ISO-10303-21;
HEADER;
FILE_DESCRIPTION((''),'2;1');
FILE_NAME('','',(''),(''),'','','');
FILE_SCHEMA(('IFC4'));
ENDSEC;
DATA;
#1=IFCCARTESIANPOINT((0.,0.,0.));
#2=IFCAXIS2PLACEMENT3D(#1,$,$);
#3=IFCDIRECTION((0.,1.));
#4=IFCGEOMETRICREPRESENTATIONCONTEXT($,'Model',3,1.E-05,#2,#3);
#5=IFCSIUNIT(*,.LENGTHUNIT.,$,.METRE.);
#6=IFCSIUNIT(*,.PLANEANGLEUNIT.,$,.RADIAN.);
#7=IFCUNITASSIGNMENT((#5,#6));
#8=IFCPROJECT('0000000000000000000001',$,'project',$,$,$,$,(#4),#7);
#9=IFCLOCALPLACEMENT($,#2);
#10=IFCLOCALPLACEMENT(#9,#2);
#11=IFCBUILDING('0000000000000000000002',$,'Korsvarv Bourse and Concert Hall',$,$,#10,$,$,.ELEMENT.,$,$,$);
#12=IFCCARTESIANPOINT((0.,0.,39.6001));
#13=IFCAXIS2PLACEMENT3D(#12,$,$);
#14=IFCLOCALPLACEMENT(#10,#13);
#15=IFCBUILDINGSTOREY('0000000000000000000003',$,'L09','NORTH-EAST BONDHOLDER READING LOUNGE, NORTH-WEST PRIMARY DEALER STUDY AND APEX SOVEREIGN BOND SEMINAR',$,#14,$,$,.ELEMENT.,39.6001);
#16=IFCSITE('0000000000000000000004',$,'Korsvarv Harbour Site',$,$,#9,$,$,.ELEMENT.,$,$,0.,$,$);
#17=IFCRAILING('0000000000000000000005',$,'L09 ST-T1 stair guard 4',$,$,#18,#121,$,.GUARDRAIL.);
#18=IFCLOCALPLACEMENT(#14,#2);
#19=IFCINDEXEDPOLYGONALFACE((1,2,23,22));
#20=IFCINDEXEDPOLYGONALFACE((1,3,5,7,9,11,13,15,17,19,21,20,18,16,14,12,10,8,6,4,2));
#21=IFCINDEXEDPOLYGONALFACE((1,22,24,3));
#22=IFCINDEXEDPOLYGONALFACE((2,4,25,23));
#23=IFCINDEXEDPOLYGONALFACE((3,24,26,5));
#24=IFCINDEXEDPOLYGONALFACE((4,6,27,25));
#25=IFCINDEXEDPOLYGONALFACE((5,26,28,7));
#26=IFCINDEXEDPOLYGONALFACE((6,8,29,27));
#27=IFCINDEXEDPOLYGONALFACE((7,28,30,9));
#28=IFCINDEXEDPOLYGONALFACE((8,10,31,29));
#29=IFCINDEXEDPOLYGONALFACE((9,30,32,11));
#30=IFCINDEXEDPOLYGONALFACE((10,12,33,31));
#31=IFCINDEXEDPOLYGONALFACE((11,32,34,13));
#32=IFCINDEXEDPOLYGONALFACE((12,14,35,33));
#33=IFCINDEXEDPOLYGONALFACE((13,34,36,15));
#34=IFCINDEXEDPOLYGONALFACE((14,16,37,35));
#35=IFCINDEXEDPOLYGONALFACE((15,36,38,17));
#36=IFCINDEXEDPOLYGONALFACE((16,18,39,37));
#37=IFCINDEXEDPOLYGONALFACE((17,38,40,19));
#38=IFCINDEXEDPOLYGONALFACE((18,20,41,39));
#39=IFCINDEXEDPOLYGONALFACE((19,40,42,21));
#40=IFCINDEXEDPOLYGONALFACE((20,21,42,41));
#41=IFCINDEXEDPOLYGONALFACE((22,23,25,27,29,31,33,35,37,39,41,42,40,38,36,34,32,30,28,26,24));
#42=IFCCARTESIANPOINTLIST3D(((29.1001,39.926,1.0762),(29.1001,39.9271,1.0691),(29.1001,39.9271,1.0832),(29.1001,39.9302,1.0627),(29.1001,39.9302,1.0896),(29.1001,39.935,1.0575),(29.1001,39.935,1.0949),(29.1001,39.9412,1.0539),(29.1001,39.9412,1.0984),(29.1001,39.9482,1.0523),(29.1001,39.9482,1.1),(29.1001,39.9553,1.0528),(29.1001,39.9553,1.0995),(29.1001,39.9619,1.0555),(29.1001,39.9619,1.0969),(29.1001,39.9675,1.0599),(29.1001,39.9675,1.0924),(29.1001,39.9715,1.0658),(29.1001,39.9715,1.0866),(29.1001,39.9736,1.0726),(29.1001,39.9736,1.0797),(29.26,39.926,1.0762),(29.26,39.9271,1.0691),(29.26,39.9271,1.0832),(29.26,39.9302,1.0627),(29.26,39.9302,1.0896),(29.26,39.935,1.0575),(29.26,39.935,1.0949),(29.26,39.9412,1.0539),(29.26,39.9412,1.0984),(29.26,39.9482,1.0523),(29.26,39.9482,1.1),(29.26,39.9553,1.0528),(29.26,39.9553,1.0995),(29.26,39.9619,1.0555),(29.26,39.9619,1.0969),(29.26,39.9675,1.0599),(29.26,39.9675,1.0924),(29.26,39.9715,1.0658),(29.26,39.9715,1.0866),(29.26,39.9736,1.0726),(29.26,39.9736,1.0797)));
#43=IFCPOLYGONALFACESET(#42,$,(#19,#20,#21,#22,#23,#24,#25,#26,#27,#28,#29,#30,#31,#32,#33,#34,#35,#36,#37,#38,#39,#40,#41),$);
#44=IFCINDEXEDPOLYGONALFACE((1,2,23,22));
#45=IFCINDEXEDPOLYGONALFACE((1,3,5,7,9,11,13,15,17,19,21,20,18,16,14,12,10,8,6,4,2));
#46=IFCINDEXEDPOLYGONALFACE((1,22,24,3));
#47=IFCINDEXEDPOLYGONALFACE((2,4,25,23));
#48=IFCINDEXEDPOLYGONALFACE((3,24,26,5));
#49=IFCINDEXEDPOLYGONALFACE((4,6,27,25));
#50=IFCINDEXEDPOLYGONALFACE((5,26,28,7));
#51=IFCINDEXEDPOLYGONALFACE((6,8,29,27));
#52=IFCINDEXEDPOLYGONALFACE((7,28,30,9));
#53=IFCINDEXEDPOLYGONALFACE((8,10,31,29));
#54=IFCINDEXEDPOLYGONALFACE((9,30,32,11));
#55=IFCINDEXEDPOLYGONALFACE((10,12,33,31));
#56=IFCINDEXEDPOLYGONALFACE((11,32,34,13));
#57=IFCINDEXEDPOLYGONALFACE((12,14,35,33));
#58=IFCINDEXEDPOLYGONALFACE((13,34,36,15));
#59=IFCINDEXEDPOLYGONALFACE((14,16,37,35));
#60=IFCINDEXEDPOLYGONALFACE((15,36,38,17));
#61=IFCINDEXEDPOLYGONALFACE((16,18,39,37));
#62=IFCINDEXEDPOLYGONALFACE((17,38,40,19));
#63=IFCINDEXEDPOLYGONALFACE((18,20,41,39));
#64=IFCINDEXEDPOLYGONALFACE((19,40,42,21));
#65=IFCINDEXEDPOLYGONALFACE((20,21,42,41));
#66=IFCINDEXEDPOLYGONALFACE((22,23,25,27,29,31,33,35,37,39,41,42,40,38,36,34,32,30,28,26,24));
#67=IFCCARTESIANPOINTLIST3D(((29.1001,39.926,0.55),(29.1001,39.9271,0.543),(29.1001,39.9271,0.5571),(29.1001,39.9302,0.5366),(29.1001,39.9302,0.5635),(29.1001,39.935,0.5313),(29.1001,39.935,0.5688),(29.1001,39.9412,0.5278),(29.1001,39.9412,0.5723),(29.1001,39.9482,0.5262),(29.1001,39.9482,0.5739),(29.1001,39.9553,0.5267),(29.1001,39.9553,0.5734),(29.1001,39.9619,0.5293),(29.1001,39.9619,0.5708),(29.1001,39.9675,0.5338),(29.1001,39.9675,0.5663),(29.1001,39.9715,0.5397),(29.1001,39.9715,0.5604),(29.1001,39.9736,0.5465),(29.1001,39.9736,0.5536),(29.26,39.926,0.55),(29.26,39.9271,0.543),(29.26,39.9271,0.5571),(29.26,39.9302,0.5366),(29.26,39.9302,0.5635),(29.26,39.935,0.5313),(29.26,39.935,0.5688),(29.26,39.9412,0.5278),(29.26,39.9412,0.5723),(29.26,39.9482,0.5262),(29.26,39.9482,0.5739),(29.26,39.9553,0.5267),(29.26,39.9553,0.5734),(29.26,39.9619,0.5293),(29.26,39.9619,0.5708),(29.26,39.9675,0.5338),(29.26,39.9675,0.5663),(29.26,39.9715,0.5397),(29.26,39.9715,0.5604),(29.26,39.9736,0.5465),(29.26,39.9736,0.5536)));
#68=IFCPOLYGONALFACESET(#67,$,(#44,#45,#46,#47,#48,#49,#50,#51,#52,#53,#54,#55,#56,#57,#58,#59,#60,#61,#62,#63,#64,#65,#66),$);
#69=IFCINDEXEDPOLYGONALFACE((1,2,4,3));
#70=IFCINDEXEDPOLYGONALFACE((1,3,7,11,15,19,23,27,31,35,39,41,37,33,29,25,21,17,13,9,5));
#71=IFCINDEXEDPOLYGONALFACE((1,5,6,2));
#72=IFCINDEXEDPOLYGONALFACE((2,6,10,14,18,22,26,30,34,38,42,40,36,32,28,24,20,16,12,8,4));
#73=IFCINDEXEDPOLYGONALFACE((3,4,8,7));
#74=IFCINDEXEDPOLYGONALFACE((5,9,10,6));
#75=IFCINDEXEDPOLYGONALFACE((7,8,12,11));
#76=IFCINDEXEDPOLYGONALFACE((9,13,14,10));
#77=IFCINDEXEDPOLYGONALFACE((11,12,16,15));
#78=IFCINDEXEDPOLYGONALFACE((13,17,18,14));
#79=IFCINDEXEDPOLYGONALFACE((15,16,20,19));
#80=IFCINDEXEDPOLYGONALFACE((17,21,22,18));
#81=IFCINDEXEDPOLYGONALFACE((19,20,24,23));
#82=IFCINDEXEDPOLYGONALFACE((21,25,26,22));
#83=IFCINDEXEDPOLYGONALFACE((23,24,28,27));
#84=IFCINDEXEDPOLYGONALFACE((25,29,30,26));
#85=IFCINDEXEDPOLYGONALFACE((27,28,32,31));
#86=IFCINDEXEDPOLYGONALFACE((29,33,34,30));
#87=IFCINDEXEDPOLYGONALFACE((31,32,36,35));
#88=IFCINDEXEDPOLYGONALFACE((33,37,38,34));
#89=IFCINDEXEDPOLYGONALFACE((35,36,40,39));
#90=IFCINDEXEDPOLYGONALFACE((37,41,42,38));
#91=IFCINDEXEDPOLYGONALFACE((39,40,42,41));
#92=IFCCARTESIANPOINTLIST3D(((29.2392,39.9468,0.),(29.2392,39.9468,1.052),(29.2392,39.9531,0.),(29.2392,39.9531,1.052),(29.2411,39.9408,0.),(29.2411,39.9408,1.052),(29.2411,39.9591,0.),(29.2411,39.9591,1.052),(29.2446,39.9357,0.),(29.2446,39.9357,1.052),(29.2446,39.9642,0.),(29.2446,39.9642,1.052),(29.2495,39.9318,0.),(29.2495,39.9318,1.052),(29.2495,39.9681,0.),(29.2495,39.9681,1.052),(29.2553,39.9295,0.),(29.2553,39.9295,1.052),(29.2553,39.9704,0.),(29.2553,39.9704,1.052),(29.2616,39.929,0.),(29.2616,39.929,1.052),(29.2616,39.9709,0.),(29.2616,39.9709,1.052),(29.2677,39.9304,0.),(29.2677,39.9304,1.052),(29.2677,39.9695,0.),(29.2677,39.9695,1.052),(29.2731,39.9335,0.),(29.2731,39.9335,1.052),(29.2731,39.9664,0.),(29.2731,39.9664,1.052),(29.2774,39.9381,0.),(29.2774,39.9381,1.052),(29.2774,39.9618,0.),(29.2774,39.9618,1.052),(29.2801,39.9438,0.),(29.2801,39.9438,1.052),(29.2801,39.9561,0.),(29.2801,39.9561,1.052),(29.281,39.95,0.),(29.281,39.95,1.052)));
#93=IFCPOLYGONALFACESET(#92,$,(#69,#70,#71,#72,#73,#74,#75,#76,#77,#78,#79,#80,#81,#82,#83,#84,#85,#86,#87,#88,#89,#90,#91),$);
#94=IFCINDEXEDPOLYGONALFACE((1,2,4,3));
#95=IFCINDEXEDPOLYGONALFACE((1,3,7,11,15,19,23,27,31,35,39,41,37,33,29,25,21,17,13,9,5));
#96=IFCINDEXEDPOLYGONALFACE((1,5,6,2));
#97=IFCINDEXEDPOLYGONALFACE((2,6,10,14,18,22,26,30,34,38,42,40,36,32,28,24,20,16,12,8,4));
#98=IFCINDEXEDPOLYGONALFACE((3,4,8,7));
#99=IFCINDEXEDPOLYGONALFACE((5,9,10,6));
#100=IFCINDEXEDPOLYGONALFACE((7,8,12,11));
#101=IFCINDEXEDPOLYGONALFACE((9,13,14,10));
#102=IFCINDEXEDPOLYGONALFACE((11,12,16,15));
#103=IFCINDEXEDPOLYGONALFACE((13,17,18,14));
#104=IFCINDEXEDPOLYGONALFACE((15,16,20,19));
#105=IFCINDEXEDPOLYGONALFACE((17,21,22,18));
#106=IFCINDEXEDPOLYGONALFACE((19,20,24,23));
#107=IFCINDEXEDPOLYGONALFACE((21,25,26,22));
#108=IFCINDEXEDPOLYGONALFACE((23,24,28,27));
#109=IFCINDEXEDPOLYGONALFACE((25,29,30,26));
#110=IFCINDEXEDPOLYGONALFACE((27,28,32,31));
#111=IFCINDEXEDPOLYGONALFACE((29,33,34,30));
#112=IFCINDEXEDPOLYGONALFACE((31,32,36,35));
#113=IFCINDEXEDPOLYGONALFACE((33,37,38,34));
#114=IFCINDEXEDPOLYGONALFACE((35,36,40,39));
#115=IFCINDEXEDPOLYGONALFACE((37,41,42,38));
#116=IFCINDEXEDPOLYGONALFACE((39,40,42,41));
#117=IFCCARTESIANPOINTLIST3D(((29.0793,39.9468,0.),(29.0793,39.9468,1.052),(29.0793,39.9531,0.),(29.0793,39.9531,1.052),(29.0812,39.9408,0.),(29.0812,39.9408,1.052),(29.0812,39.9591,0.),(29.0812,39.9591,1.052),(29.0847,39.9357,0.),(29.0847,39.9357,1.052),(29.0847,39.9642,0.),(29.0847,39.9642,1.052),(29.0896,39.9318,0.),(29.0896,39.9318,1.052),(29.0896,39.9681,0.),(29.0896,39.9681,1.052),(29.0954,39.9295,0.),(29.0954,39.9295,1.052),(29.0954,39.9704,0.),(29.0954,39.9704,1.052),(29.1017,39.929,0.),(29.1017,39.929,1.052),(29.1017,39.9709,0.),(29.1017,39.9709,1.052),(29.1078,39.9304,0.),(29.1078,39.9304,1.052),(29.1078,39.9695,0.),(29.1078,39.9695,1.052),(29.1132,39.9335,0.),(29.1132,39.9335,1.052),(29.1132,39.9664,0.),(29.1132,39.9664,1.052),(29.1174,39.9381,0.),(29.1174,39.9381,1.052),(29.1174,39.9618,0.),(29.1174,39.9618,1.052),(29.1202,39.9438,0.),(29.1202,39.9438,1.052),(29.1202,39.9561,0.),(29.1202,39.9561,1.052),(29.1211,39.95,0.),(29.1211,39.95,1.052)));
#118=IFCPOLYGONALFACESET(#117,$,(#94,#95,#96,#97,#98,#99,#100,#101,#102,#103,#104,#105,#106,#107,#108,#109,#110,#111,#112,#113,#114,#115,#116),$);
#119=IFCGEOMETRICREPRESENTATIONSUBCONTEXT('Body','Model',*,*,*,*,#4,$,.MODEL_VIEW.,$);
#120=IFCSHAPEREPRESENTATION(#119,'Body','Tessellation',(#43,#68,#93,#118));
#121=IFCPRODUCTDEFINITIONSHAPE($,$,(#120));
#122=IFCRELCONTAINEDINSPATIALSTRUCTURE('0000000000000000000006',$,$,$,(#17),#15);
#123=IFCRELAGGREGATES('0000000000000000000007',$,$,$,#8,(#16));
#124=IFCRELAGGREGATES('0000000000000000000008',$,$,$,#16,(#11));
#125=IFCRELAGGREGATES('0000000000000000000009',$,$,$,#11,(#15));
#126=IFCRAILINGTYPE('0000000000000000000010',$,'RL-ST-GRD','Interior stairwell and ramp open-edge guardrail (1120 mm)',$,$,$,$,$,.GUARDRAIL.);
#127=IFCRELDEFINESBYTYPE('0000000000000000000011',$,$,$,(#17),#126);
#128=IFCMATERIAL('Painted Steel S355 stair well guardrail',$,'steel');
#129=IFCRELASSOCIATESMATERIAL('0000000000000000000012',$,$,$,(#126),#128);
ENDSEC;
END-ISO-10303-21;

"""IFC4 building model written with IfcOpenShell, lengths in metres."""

from ifc_helpers import new_model, si_unit, direction, frame, origin, origin_2d, place, context, subcontext, project, spatial, circle, extrude, material, type_object, element, save


model = new_model("IFC4")

# Units and contexts
model_context = context("Model", 3, precision=1e-05, world=origin(), true_north=direction((0.0, 1.0)))
body_context = subcontext(model_context, "Body", "Model", "MODEL_VIEW")
ifc_project = project(units=[si_unit("LENGTHUNIT", "METRE"), si_unit("PLANEANGLEUNIT", "RADIAN")], contexts=[model_context])

# Site, building, storey
site_placement = place(None, origin())
site = spatial("IfcSite", under=ifc_project, at=site_placement, Name="Korsvarv Harbour Site", CompositionType="ELEMENT", RefElevation=0.0)
building_placement = place(site_placement, origin())
building = spatial("IfcBuilding", under=site, at=building_placement, Name="Korsvarv Bourse and Concert Hall", CompositionType="ELEMENT")
storey_placement = place(building_placement, frame((0.0, 0.0, 39.6001)))
storey = spatial("IfcBuildingStorey", under=building, at=storey_placement, Name="L09", Description="NORTH-EAST BONDHOLDER READING LOUNGE, NORTH-WEST PRIMARY DEALER STUDY AND APEX SOVEREIGN BOND SEMINAR", CompositionType="ELEMENT", Elevation=39.6001)

# Railing
ifc_material_1 = material(Name="Painted Steel S355 stair well guardrail", Category="steel")
railing_type_1 = type_object("IfcRailingType", Name="RL-ST-GRD", Description="Interior stairwell and ramp open-edge guardrail (1120 mm)", PredefinedType="GUARDRAIL", material=ifc_material_1)
railing_1_placement = place(storey_placement, frame((29.26, 39.95, 0.0)))
element("IfcRailing", 1, at=railing_1_placement, inside=storey, type_object=railing_type_1, Name="L09 ST-T1 stair guard 4", PredefinedType="GUARDRAIL", context=body_context, shape_type="SweptSolid", body=[
    extrude(circle(Radius=0.0239, at=origin_2d()), frame((0.0, 0.0, 1.0762), z_axis=(-1.0, 0.0, 0.0), x_axis=(0.0, -1.0, 0.0)), (0.0, 0.0, 1.0), 0.1599),
    extrude(circle(Radius=0.0239, at=origin_2d()), frame((0.0, 0.0, 0.55), z_axis=(-1.0, 0.0, 0.0), x_axis=(0.0, -1.0, 0.0)), (0.0, 0.0, 1.0), 0.1599),
    extrude(circle(Radius=0.021, at=origin_2d()), origin(), (0.0, 0.0, 1.0), 1.052),
    extrude(circle(Radius=0.021, at=origin_2d()), frame((-0.1599, 0.0, 0.0)), (0.0, 0.0, 1.0), 1.052),
])

save(model, "model.ifc")
